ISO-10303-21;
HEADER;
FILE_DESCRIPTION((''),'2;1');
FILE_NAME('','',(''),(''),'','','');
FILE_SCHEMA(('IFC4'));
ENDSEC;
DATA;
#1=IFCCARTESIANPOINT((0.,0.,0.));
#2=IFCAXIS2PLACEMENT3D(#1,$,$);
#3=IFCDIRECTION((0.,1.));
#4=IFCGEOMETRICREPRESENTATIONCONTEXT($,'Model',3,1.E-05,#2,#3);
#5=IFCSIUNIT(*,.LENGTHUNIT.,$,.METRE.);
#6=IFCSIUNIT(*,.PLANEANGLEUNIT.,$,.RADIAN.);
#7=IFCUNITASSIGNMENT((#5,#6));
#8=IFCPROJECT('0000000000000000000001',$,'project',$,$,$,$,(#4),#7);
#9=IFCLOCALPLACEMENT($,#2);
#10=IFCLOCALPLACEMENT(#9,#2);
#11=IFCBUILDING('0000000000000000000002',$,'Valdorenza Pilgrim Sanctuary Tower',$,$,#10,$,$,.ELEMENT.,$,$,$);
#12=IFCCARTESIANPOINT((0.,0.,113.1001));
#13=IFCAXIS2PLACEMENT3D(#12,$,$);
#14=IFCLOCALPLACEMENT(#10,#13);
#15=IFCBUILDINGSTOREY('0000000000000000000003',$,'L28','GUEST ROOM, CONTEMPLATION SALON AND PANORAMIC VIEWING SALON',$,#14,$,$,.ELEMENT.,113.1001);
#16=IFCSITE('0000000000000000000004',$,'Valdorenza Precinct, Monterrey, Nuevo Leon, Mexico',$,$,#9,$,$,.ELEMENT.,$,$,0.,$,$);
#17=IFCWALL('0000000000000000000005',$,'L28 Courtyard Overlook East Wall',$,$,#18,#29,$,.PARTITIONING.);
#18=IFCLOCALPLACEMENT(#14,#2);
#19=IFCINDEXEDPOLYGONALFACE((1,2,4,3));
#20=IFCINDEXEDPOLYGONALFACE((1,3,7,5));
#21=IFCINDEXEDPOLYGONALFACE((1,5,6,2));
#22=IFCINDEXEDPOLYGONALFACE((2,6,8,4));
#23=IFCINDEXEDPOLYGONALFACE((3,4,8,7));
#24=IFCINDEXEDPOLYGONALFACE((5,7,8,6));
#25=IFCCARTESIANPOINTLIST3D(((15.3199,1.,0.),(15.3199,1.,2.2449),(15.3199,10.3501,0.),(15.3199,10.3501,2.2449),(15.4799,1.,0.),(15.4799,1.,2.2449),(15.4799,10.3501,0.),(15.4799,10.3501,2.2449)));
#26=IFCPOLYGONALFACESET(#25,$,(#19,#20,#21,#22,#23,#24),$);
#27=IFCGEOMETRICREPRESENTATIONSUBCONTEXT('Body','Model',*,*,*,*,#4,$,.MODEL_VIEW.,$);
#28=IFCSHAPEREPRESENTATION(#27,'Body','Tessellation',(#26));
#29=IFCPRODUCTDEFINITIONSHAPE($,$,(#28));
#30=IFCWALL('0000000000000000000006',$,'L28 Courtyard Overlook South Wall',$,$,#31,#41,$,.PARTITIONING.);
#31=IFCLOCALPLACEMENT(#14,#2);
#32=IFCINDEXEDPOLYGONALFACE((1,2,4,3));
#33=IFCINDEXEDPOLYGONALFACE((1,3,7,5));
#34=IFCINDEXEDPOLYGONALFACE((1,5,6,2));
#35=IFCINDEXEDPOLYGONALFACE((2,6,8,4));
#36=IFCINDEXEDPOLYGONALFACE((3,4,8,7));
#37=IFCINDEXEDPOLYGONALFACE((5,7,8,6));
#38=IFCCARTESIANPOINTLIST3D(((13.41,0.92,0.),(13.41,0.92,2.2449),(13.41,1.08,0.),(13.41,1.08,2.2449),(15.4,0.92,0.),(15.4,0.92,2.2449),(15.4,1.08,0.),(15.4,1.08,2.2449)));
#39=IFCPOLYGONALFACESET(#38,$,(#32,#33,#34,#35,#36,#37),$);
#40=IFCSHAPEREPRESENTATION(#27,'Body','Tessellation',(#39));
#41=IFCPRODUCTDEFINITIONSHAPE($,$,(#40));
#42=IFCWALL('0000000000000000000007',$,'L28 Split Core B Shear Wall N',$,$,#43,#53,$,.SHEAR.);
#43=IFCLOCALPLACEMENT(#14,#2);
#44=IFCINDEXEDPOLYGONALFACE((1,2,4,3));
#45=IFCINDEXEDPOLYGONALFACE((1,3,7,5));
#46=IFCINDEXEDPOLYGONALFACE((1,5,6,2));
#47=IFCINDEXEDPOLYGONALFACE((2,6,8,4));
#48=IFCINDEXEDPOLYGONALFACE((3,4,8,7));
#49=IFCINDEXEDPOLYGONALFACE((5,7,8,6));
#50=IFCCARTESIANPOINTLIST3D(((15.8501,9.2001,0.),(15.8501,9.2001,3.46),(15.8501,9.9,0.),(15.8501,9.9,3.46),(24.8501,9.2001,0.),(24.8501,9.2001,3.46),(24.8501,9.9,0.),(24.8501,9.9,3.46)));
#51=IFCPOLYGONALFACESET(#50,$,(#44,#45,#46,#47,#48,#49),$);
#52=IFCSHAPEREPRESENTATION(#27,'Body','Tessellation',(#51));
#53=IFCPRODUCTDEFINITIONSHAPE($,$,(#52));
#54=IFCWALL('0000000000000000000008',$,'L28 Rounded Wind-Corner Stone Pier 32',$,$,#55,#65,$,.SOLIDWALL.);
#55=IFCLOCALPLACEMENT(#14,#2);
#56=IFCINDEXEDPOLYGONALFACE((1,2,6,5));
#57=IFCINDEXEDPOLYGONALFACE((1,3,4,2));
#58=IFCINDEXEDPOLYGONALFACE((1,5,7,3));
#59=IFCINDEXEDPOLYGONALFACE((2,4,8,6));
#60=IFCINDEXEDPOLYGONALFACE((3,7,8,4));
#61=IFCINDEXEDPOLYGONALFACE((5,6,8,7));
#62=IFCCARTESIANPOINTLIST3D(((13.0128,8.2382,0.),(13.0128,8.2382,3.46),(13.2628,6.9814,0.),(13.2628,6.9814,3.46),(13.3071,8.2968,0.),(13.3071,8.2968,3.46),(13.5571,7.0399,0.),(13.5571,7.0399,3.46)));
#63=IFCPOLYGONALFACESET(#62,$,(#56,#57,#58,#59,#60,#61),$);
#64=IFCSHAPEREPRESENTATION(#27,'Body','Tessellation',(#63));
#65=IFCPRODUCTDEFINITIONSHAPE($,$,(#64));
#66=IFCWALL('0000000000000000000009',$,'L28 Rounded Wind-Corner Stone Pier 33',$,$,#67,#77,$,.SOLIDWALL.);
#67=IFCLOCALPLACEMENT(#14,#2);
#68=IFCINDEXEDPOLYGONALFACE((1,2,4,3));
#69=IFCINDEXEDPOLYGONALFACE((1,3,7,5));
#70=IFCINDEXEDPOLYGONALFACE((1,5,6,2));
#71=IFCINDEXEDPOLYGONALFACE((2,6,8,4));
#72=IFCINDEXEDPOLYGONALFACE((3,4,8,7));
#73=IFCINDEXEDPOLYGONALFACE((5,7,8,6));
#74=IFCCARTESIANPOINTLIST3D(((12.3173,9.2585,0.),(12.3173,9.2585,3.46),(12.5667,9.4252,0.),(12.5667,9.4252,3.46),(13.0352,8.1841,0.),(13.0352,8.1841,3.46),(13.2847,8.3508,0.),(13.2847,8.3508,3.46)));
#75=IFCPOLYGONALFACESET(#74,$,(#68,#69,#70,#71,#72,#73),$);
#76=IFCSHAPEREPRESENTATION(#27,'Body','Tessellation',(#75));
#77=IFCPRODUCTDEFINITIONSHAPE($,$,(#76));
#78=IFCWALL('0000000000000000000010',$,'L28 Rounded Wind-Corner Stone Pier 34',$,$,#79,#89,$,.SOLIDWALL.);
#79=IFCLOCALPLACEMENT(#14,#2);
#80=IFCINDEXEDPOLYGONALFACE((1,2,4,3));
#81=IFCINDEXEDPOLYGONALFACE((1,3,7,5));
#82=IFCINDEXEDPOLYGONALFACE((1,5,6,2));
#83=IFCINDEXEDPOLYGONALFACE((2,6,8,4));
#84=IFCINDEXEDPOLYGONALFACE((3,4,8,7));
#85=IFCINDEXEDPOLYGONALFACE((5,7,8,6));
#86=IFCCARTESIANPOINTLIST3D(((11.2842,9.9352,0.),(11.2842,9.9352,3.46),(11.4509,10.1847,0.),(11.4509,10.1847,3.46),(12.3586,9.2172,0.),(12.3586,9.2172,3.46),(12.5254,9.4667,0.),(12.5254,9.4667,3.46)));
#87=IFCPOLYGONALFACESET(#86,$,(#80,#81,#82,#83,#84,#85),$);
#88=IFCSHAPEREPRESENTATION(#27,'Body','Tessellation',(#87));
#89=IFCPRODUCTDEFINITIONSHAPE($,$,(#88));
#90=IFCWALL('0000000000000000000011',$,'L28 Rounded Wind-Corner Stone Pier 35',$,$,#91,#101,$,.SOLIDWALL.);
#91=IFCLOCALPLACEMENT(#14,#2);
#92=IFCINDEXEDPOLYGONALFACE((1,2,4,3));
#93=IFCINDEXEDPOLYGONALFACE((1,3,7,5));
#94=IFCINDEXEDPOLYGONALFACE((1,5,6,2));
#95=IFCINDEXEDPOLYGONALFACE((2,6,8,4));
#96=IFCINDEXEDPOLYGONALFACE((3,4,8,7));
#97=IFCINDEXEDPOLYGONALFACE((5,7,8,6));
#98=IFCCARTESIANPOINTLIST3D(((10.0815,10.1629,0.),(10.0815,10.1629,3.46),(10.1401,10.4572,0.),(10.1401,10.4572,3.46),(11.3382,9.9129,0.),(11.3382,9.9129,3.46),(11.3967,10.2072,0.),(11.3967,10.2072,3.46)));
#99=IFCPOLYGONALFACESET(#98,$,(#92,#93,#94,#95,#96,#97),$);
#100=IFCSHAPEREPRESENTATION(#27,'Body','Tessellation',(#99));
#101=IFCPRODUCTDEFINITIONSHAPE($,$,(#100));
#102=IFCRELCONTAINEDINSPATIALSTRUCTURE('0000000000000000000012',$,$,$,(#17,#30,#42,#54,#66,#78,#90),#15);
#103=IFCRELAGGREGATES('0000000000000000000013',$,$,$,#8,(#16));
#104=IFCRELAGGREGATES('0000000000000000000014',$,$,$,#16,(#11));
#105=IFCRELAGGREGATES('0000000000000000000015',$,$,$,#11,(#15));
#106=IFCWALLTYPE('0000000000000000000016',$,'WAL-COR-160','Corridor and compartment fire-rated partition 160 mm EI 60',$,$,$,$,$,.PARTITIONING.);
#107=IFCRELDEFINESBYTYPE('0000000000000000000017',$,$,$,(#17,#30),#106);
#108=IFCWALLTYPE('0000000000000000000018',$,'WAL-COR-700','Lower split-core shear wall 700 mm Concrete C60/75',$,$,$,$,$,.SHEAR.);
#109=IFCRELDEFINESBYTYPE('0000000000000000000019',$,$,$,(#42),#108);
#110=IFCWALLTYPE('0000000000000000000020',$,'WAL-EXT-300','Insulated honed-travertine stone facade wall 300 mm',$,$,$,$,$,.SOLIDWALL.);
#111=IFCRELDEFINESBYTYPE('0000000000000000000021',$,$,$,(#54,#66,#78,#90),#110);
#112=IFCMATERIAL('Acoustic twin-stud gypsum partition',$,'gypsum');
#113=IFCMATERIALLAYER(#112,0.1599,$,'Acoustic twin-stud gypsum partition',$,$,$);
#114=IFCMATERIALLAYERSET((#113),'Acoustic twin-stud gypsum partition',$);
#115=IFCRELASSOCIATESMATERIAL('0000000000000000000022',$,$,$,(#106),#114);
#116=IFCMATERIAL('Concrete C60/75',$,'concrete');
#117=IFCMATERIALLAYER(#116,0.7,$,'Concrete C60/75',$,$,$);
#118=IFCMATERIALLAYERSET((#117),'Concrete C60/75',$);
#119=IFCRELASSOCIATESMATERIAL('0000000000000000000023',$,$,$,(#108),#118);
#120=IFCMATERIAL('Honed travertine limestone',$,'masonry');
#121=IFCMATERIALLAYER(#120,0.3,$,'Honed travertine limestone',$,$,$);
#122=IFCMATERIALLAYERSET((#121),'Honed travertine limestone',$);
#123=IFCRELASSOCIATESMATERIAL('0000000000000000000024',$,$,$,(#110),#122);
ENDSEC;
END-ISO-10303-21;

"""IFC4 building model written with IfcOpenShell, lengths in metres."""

from ifc_helpers import new_model, si_unit, direction, frame, frame_2d, origin, place, context, subcontext, project, spatial, rectangle, extrude, material, layer, layer_set, type_object, element, save


model = new_model("IFC4")

# Units and contexts
model_context = context("Model", 3, precision=1e-05, world=origin(), true_north=direction((0.0, 1.0)))
body_context = subcontext(model_context, "Body", "Model", "MODEL_VIEW")
ifc_project = project(units=[si_unit("LENGTHUNIT", "METRE"), si_unit("PLANEANGLEUNIT", "RADIAN")], contexts=[model_context])

# Site, building, storey
site_placement = place(None, origin())
site = spatial("IfcSite", under=ifc_project, at=site_placement, Name="Valdorenza Precinct, Monterrey, Nuevo Leon, Mexico", CompositionType="ELEMENT", RefElevation=0.0)
building_placement = place(site_placement, origin())
building = spatial("IfcBuilding", under=site, at=building_placement, Name="Valdorenza Pilgrim Sanctuary Tower", CompositionType="ELEMENT")
storey_placement = place(building_placement, frame((0.0, 0.0, 113.1001)))
storey = spatial("IfcBuildingStorey", under=building, at=storey_placement, Name="L28", Description="GUEST ROOM, CONTEMPLATION SALON AND PANORAMIC VIEWING SALON", CompositionType="ELEMENT", Elevation=113.1001)

# Shared definitions
ifc_material_1 = material(Name="Honed travertine limestone", Category="masonry")

# Shared definitions
ifc_material_2 = material(Name="Acoustic twin-stud gypsum partition", Category="gypsum")
ifc_layer_1 = layer(ifc_material_2, 0.1599, Name="Acoustic twin-stud gypsum partition")
ifc_layer_set_1 = layer_set([ifc_layer_1], Name="Acoustic twin-stud gypsum partition")
wall_type_1 = type_object("IfcWallType", Name="WAL-COR-160", Description="Corridor and compartment fire-rated partition 160 mm EI 60", PredefinedType="PARTITIONING", material=ifc_layer_set_1)

# Walls
wall_1_placement = place(storey_placement, frame((15.3999, 1.0, 0.0), z_axis=(0.0, 0.0, 1.0), x_axis=(0.0, 1.0, 0.0)))
element("IfcWall", 1, at=wall_1_placement, inside=storey, type_object=wall_type_1, Name="L28 Courtyard Overlook East Wall", PredefinedType="PARTITIONING", context=body_context, shape_type="SweptSolid", body=[
    extrude(rectangle(XDim=9.3501, YDim=0.1599, at=frame_2d((4.675, 0.0))), origin(), (0.0, 0.0, 1.0), 2.2449),
])
wall_2_placement = place(storey_placement, frame((13.4099, 1.0, 0.0), z_axis=(0.0, 0.0, 1.0), x_axis=(1.0, 0.0, 0.0)))
element("IfcWall", 2, at=wall_2_placement, inside=storey, type_object=wall_type_1, Name="L28 Courtyard Overlook South Wall", PredefinedType="PARTITIONING", context=body_context, shape_type="SweptSolid", body=[
    extrude(rectangle(XDim=1.99, YDim=0.1599, at=frame_2d((0.9951, 0.0))), origin(), (0.0, 0.0, 1.0), 2.2449),
])
ifc_material_3 = material(Name="Concrete C60/75", Category="concrete")
ifc_layer_2 = layer(ifc_material_3, 0.7, Name="Concrete C60/75")
ifc_layer_set_2 = layer_set([ifc_layer_2], Name="Concrete C60/75")
wall_type_2 = type_object("IfcWallType", Name="WAL-COR-700", Description="Lower split-core shear wall 700 mm Concrete C60/75", PredefinedType="SHEAR", material=ifc_layer_set_2)
wall_3_placement = place(storey_placement, frame((15.8501, 9.55, 0.0), z_axis=(0.0, 0.0, 1.0), x_axis=(1.0, 0.0, 0.0)))
element("IfcWall", 3, at=wall_3_placement, inside=storey, type_object=wall_type_2, Name="L28 Split Core B Shear Wall N", PredefinedType="SHEAR", context=body_context, shape_type="SweptSolid", body=[
    extrude(rectangle(XDim=9.0, YDim=0.7, at=frame_2d((4.5, 0.0))), origin(), (0.0, 0.0, 1.0), 3.46),
])
ifc_layer_3 = layer(ifc_material_1, 0.3, Name="Honed travertine limestone")
ifc_layer_set_3 = layer_set([ifc_layer_3], Name="Honed travertine limestone")
wall_type_3 = type_object("IfcWallType", Name="WAL-EXT-300", Description="Insulated honed-travertine stone facade wall 300 mm", PredefinedType="SOLIDWALL", material=ifc_layer_set_3)
wall_4_placement = place(storey_placement, frame((13.4099, 7.0107, 0.0), z_axis=(0.0, 0.0, 1.0), x_axis=(-0.19509, 0.980785, 0.0)))
element("IfcWall", 4, at=wall_4_placement, inside=storey, type_object=wall_type_3, Name="L28 Rounded Wind-Corner Stone Pier 32", PredefinedType="SOLIDWALL", context=body_context, shape_type="SweptSolid", body=[
    extrude(rectangle(XDim=1.2815, YDim=0.3, at=frame_2d((0.6406, 0.0))), origin(), (0.0, 0.0, 1.0), 3.46),
])
for number, where, z_axis, x_axis, name in (
    (5, (13.1599, 8.2676, 0.0), (0.0, 0.0, 1.0), (-0.555615, 0.831439, 0.0), "L28 Rounded Wind-Corner Stone Pier 33"),
    (6, (12.4419, 9.342, 0.0), (0.0, 0.0, 1.0), (-0.831439, 0.555615, 0.0), "L28 Rounded Wind-Corner Stone Pier 34"),
):
    element("IfcWall", number, at=place(storey_placement, frame(where, z_axis=z_axis, x_axis=x_axis)), inside=storey, type_object=wall_type_3, Name=name, PredefinedType="SOLIDWALL", context=body_context, shape_type="SweptSolid", body=[
        extrude(rectangle(XDim=1.2922, YDim=0.3, at=frame_2d((0.646, 0.0))), origin(), (0.0, 0.0, 1.0), 3.46),
    ])
wall_5_placement = place(storey_placement, frame((11.3674, 10.0601, 0.0), z_axis=(0.0, 0.0, 1.0), x_axis=(-0.980778, 0.195127, 0.0)))
element("IfcWall", 7, at=wall_5_placement, inside=storey, type_object=wall_type_3, Name="L28 Rounded Wind-Corner Stone Pier 35", PredefinedType="SOLIDWALL", context=body_context, shape_type="SweptSolid", body=[
    extrude(rectangle(XDim=1.2812, YDim=0.3, at=frame_2d((0.6406, 0.0))), origin(), (0.0, 0.0, 1.0), 3.46),
])

save(model, "model.ifc")
